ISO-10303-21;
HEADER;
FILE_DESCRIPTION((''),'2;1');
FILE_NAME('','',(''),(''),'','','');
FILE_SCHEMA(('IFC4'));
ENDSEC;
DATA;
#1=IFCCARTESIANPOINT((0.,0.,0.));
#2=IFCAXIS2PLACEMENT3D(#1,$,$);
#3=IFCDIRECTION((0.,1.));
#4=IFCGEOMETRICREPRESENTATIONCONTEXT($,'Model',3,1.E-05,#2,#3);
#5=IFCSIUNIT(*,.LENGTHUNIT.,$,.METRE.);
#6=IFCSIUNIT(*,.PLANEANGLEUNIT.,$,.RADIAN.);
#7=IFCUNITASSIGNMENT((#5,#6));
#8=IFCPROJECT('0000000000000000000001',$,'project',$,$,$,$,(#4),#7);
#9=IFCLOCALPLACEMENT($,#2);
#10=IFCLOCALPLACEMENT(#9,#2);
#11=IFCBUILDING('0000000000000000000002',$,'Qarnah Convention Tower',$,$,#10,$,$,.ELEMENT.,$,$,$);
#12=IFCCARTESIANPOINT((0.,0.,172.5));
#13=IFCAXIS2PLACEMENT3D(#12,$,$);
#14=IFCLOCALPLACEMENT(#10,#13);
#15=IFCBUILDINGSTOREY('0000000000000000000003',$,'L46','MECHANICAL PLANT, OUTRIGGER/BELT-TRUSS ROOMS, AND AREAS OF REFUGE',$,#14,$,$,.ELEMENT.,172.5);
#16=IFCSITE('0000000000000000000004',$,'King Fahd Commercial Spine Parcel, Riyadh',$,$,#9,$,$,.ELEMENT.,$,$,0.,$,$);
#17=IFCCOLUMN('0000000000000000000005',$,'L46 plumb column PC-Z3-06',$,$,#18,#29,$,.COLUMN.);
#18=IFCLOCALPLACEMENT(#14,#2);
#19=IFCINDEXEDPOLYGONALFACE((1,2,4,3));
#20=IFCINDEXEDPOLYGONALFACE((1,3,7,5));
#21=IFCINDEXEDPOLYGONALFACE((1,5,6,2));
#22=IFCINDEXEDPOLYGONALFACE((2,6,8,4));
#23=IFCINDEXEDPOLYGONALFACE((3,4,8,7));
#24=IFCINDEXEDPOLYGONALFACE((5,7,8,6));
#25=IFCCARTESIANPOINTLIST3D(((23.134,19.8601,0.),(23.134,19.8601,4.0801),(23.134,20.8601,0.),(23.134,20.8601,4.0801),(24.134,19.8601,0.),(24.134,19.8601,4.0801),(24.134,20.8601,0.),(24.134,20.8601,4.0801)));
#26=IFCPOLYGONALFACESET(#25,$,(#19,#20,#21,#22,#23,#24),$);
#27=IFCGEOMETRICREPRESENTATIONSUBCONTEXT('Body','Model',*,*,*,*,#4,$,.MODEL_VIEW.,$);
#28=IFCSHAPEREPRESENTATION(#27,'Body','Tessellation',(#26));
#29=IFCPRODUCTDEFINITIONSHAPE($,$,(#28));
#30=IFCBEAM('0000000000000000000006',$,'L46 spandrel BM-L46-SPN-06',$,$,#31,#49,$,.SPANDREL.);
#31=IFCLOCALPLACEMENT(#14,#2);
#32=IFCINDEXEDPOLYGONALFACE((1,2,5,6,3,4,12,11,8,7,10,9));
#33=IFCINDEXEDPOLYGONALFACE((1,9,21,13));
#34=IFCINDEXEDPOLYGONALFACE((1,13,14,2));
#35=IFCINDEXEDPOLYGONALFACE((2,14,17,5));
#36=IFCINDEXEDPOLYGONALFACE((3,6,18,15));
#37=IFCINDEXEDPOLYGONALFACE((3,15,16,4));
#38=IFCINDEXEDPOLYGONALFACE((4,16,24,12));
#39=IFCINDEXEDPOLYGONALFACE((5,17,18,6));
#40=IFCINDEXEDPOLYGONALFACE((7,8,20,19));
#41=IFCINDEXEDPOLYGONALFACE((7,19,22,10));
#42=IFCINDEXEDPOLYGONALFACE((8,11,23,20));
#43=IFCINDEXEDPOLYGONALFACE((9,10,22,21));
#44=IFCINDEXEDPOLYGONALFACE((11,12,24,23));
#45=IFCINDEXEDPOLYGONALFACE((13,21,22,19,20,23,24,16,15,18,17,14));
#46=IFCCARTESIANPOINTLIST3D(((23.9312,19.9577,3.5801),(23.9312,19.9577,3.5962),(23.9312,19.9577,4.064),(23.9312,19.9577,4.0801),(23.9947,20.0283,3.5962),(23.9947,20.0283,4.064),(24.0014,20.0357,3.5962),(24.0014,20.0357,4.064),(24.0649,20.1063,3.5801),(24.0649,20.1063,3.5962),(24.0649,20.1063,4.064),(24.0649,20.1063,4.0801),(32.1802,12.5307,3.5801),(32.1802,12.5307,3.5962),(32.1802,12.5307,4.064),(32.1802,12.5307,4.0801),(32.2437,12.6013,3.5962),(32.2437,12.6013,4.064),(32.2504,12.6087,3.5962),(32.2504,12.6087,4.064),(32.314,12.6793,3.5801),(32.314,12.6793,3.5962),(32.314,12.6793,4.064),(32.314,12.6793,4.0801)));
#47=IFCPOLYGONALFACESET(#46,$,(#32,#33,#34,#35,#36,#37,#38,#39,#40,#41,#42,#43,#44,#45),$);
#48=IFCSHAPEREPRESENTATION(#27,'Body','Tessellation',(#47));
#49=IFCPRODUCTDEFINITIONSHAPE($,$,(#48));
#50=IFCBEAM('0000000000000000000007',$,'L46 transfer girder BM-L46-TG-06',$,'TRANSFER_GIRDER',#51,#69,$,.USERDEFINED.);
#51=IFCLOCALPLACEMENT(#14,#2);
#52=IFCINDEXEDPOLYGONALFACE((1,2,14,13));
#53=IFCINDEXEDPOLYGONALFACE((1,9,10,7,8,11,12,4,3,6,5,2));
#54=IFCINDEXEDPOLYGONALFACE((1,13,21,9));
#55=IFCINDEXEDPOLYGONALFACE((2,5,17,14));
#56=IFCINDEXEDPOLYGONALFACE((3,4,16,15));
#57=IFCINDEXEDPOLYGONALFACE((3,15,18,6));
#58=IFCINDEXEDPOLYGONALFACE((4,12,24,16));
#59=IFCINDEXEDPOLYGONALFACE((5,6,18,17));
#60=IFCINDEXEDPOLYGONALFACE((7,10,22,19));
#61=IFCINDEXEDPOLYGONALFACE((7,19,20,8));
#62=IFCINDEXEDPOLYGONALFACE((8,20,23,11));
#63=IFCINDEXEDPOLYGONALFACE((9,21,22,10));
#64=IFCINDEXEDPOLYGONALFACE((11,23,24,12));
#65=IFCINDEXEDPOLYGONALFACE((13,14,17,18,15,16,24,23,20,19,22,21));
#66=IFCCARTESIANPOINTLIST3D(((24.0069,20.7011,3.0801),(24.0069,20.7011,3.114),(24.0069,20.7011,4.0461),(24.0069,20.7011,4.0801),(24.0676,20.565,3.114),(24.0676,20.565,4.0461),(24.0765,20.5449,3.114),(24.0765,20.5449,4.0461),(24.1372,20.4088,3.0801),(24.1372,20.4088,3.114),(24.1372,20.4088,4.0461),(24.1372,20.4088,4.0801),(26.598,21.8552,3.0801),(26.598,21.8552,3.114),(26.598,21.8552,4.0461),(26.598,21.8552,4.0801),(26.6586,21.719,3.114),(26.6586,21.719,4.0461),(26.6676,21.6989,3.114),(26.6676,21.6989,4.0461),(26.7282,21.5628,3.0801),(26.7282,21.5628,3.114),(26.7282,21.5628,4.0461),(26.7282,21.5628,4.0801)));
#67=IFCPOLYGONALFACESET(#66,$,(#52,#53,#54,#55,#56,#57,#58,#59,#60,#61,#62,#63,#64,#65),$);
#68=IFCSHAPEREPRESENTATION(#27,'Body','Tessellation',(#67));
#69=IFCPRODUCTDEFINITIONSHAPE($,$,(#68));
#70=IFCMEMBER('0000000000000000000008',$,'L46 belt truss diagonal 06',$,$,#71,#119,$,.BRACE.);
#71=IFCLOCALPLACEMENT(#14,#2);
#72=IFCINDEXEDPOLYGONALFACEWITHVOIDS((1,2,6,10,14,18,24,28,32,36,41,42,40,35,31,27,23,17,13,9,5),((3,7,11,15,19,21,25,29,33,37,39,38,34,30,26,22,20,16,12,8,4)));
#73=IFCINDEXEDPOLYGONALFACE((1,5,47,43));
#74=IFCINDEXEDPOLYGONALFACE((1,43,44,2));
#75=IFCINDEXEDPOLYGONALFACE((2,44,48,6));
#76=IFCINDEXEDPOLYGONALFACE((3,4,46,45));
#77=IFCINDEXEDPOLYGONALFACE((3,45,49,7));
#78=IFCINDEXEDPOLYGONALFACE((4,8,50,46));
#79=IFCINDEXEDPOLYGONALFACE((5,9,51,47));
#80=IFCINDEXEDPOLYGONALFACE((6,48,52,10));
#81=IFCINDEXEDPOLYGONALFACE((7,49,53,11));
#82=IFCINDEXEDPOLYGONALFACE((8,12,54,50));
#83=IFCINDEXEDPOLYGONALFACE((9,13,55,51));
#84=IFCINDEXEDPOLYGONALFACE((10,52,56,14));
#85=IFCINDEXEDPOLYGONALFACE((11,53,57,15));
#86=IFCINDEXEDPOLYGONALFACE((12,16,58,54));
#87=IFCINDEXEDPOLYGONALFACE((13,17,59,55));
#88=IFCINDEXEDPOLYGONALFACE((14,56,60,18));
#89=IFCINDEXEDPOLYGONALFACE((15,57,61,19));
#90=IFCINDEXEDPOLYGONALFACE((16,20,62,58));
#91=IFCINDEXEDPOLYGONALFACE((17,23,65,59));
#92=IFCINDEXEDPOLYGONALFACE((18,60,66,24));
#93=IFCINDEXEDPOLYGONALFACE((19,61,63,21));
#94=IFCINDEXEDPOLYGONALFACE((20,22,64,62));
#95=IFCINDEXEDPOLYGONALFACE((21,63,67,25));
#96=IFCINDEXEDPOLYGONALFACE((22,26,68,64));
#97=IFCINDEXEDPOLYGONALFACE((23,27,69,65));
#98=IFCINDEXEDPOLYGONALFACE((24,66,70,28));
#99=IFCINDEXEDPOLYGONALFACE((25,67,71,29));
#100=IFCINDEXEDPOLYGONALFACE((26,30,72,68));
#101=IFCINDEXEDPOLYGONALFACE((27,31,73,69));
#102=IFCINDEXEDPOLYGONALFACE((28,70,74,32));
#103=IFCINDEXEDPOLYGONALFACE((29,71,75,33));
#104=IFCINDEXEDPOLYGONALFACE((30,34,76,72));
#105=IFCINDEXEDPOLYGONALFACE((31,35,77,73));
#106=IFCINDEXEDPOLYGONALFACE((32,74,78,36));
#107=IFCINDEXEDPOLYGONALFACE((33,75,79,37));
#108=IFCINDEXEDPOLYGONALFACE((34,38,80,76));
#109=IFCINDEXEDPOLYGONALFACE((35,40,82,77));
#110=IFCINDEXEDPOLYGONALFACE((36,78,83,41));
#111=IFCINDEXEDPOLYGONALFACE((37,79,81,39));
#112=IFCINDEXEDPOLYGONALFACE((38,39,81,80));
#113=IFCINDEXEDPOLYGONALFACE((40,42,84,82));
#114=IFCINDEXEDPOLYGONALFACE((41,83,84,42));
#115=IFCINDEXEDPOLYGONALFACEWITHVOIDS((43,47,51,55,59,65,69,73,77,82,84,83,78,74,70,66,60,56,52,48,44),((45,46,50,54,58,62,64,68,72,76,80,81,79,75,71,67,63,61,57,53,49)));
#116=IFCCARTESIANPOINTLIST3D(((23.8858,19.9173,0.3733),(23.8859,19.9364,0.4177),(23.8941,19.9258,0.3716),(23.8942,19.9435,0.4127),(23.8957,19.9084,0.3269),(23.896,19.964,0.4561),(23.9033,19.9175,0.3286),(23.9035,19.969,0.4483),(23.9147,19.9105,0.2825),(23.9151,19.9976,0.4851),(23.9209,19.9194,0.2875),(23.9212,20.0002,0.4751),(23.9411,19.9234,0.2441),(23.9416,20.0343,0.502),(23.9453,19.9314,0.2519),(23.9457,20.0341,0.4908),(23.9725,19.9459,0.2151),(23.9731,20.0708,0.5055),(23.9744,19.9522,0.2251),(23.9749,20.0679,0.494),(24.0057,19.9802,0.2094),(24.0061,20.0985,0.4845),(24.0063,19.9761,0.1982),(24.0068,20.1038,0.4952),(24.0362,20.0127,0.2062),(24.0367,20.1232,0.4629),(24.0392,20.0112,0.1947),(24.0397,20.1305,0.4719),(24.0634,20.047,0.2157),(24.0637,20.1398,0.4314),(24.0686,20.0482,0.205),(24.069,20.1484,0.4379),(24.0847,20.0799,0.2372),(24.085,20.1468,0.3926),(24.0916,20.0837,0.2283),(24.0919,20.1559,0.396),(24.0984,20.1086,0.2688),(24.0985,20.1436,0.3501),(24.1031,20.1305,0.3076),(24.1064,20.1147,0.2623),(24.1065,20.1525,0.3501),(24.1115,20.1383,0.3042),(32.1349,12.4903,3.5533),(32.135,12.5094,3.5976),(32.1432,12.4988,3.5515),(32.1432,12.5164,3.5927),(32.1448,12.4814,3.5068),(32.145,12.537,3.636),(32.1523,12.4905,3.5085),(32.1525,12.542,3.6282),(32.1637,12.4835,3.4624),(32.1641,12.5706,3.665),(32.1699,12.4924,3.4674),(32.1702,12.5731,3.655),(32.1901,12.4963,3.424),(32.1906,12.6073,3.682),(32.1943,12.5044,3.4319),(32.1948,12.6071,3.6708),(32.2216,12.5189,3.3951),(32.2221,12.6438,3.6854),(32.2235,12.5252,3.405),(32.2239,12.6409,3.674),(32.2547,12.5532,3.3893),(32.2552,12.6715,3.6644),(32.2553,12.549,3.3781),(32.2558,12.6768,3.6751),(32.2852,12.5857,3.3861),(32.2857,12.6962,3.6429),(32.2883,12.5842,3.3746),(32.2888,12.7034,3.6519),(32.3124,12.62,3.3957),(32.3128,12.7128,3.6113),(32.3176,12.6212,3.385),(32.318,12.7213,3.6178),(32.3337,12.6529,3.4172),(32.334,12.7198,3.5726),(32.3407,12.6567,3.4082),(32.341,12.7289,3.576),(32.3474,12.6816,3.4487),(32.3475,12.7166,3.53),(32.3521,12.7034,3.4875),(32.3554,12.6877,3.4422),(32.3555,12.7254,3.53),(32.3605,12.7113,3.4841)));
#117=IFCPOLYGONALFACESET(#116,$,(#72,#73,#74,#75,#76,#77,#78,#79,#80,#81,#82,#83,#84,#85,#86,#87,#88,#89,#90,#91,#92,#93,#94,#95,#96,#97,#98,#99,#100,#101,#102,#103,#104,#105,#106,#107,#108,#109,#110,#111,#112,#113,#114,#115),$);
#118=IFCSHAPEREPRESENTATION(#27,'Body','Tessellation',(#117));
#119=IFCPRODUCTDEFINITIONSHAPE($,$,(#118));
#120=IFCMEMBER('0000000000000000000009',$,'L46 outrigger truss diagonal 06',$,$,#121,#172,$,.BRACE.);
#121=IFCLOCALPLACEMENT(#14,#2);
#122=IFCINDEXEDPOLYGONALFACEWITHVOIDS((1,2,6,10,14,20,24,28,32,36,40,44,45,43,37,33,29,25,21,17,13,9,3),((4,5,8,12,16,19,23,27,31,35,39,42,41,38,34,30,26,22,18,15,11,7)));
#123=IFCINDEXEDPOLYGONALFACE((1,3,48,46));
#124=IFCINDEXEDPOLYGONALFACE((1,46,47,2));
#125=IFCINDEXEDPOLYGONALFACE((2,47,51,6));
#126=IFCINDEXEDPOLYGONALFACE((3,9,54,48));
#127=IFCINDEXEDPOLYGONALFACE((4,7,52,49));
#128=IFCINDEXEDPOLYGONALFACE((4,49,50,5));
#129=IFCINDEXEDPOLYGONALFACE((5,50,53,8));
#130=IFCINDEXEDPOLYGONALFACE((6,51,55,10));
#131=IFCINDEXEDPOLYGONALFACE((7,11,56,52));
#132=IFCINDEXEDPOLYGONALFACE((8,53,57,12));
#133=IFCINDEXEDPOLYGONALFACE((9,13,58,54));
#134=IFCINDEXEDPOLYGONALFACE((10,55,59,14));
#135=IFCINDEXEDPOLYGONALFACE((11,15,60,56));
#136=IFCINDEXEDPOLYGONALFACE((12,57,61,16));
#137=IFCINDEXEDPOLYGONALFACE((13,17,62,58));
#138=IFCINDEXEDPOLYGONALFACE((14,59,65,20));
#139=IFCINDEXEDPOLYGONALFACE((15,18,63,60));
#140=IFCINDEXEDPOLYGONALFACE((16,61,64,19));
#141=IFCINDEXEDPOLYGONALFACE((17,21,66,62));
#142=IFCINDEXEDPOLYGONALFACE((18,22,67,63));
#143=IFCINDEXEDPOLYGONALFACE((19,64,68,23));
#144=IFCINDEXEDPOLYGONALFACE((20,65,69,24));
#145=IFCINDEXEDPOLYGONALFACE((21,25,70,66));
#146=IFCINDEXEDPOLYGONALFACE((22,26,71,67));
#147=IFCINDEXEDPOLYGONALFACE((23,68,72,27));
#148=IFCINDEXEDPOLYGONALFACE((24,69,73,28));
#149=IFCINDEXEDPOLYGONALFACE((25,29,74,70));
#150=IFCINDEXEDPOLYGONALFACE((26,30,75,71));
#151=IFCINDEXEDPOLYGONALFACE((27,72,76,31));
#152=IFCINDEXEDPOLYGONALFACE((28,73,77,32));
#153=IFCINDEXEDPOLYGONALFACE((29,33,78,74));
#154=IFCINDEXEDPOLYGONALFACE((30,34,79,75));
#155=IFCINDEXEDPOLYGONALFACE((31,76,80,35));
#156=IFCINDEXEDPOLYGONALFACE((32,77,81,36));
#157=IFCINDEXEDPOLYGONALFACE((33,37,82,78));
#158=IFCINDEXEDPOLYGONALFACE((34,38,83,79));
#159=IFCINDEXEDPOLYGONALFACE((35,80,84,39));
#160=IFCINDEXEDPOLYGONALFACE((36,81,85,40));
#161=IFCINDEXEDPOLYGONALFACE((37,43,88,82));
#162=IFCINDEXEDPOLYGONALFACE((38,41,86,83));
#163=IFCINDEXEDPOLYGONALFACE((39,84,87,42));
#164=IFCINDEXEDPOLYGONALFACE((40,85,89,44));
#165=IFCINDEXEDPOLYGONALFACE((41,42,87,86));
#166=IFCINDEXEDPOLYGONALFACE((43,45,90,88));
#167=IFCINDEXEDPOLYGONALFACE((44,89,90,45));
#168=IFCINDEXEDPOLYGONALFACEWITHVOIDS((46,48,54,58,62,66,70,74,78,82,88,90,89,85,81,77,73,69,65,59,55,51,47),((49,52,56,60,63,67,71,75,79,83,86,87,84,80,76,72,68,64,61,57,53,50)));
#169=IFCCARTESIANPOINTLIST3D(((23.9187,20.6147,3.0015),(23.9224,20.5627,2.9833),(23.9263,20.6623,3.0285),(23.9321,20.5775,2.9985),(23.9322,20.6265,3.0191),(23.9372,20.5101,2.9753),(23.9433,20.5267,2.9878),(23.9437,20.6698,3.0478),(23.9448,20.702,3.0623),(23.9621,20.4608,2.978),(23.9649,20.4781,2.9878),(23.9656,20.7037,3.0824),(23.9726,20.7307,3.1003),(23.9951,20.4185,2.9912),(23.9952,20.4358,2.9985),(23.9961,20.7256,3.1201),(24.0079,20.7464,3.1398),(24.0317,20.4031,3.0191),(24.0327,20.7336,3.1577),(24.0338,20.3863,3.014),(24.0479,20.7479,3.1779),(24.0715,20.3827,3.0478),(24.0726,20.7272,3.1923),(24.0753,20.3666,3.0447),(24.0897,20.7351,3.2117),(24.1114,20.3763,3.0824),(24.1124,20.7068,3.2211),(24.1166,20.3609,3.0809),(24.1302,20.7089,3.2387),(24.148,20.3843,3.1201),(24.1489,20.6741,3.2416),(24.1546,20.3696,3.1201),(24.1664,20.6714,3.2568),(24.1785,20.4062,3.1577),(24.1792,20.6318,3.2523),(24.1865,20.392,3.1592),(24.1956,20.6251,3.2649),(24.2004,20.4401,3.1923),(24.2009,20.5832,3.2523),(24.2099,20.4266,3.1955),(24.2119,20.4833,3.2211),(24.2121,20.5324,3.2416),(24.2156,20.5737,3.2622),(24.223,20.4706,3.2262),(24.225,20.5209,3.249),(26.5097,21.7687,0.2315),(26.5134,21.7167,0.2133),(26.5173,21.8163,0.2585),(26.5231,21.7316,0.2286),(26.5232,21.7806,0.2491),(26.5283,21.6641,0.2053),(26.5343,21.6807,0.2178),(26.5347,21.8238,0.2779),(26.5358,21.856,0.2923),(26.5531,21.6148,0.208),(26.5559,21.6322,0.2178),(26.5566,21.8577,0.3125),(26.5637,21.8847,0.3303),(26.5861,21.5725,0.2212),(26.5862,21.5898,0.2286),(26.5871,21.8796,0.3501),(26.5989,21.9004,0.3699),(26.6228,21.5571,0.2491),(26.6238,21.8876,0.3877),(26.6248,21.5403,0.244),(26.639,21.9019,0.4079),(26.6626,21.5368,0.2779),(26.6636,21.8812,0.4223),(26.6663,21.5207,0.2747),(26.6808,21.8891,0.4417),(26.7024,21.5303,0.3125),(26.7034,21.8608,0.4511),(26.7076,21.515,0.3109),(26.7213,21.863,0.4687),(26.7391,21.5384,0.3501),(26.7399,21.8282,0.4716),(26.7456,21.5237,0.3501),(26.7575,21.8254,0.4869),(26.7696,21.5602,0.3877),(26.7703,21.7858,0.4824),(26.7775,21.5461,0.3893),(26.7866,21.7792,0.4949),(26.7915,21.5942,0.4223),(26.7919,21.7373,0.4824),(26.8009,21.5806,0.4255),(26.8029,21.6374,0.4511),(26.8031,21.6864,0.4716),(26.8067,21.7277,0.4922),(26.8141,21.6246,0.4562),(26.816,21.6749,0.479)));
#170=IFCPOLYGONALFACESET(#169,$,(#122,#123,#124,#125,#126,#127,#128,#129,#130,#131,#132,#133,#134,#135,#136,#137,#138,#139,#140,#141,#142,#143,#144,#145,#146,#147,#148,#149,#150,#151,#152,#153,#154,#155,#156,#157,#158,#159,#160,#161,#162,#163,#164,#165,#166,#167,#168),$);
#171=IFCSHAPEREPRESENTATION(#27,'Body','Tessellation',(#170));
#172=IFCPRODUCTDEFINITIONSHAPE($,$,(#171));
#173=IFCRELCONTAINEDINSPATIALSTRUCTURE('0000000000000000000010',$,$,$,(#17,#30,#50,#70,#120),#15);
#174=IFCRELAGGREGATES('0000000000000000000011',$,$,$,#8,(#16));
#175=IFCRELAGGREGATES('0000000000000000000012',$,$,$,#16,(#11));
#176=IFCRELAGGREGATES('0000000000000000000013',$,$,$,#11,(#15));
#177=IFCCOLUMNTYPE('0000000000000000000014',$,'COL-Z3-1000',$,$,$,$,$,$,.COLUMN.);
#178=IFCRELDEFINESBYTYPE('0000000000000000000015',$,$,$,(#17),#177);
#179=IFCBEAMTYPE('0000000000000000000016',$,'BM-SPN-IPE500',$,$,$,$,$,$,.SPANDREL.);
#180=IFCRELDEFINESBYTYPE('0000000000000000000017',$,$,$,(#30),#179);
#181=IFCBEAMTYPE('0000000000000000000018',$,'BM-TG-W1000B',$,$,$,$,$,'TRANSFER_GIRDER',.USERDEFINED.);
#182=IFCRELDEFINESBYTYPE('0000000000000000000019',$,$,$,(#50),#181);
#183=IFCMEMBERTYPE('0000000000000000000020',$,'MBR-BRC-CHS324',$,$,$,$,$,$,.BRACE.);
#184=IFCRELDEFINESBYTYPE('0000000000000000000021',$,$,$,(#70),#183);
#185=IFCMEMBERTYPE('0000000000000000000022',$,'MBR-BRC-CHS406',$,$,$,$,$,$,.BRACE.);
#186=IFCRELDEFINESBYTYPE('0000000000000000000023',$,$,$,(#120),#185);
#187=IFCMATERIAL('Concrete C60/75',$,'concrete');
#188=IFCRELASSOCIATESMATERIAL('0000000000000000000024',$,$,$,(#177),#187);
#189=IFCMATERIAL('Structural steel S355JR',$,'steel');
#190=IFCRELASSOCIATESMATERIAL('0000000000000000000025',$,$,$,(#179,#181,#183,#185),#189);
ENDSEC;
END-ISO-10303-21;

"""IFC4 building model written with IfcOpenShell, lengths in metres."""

from ifc_helpers import new_model, si_unit, direction, frame, origin, origin_2d, place, context, subcontext, project, spatial, rectangle, hollow_circle, i_section, extrude, material, material_profile, profile_set, type_object, element, save


model = new_model("IFC4")

# Units and contexts
model_context = context("Model", 3, precision=1e-05, world=origin(), true_north=direction((0.0, 1.0)))
body_context = subcontext(model_context, "Body", "Model", "MODEL_VIEW")
ifc_project = project(units=[si_unit("LENGTHUNIT", "METRE"), si_unit("PLANEANGLEUNIT", "RADIAN")], contexts=[model_context])

# Site, building, storey
site_placement = place(None, origin())
site = spatial("IfcSite", under=ifc_project, at=site_placement, Name="King Fahd Commercial Spine Parcel, Riyadh", CompositionType="ELEMENT", RefElevation=0.0)
building_placement = place(site_placement, origin())
building = spatial("IfcBuilding", under=site, at=building_placement, Name="Qarnah Convention Tower", CompositionType="ELEMENT")
storey_placement = place(building_placement, frame((0.0, 0.0, 172.5)))
storey = spatial("IfcBuildingStorey", under=building, at=storey_placement, Name="L46", Description="MECHANICAL PLANT, OUTRIGGER/BELT-TRUSS ROOMS, AND AREAS OF REFUGE", CompositionType="ELEMENT", Elevation=172.5)

# Column
ifc_material_1 = material(Name="Concrete C60/75", Category="concrete")
ifc_material_profile_1 = material_profile(ifc_material_1, rectangle(XDim=1.0, YDim=1.0, at=origin_2d()), Name="RC-COL-1000X1000")
ifc_profile_set_1 = profile_set([ifc_material_profile_1], Name="Concrete C60/75")
column_type = type_object("IfcColumnType", Name="COL-Z3-1000", PredefinedType="COLUMN", material=ifc_profile_set_1)
column_placement = place(storey_placement, frame((23.634, 20.3601, 0.0), z_axis=(0.0, 0.0, 1.0), x_axis=(1.0, 0.0, 0.0)))
element("IfcColumn", 1, at=column_placement, inside=storey, type_object=column_type, Name="L46 plumb column PC-Z3-06", PredefinedType="COLUMN", context=body_context, shape_type="SweptSolid", body=[
    extrude(rectangle(XDim=1.0, YDim=1.0, at=origin_2d()), origin(), (0.0, 0.0, 1.0), 4.0801),
])

# Beams
ifc_material_2 = material(Name="Structural steel S355JR", Category="steel")
ifc_material_profile_2 = material_profile(ifc_material_2, i_section(OverallWidth=0.2, OverallDepth=0.5, WebThickness=0.01, FlangeThickness=0.0161, at=origin_2d()), Name="IPE500")
ifc_profile_set_2 = profile_set([ifc_material_profile_2], Name="Structural steel S355JR")
beam_type_1 = type_object("IfcBeamType", Name="BM-SPN-IPE500", PredefinedType="SPANDREL", material=ifc_profile_set_2)
beam_1_placement = place(storey_placement, frame((23.998, 20.032, 3.8301), z_axis=(0.743165, -0.669108, 0.0), x_axis=(0.669108, 0.743165, 0.0)))
element("IfcBeam", 2, at=beam_1_placement, inside=storey, type_object=beam_type_1, Name="L46 spandrel BM-L46-SPN-06", PredefinedType="SPANDREL", context=body_context, shape_type="SweptSolid", body=[
    extrude(i_section(OverallWidth=0.2, OverallDepth=0.5, WebThickness=0.01, FlangeThickness=0.0161, at=origin_2d()), origin(), (0.0, 0.0, 1.0), 11.0999),
])
ifc_material_profile_3 = material_profile(ifc_material_2, i_section(OverallWidth=0.3201, OverallDepth=1.0, WebThickness=0.022, FlangeThickness=0.0339, at=origin_2d()), Name="W1000X371")
ifc_profile_set_3 = profile_set([ifc_material_profile_3], Name="Structural steel S355JR")
beam_type_2 = type_object("IfcBeamType", Name="BM-TG-W1000B", ElementType="TRANSFER_GIRDER", PredefinedType="USERDEFINED", material=ifc_profile_set_3)
beam_2_placement = place(storey_placement, frame((26.6631, 21.709, 3.5801), z_axis=(-0.913488, -0.406865, 0.0), x_axis=(0.406865, -0.913488, 0.0)))
element("IfcBeam", 3, at=beam_2_placement, inside=storey, type_object=beam_type_2, Name="L46 transfer girder BM-L46-TG-06", ObjectType="TRANSFER_GIRDER", PredefinedType="USERDEFINED", context=body_context, shape_type="SweptSolid", body=[
    extrude(i_section(OverallWidth=0.3201, OverallDepth=1.0, WebThickness=0.022, FlangeThickness=0.0339, at=origin_2d()), origin(), (0.0, 0.0, 1.0), 2.8364),
])

# Members
ifc_material_profile_4 = material_profile(ifc_material_2, hollow_circle(Radius=0.1621, WallThickness=0.012, at=origin_2d()), Name="CHS324X12")
ifc_profile_set_4 = profile_set([ifc_material_profile_4], Name="Structural steel S355JR")
member_type_1 = type_object("IfcMemberType", Name="MBR-BRC-CHS324", PredefinedType="BRACE", material=ifc_profile_set_4)
member_1_placement = place(storey_placement, frame((23.998, 20.032, 0.3501), z_axis=(0.714426, -0.643233, 0.275405), x_axis=(0.669108, 0.743165, 0.0)))
element("IfcMember", 4, at=member_1_placement, inside=storey, type_object=member_type_1, Name="L46 belt truss diagonal 06", PredefinedType="BRACE", context=body_context, shape_type="SweptSolid", body=[
    extrude(hollow_circle(Radius=0.1621, WallThickness=0.012, at=origin_2d()), origin(), (0.0, 0.0, 1.0), 11.5464),
])
ifc_material_profile_5 = material_profile(ifc_material_2, hollow_circle(Radius=0.2029, WallThickness=0.0161, at=origin_2d()), Name="CHS406X16")
ifc_profile_set_5 = profile_set([ifc_material_profile_5], Name="Structural steel S355JR")
member_type_2 = type_object("IfcMemberType", Name="MBR-BRC-CHS406", PredefinedType="BRACE", material=ifc_profile_set_5)
member_2_placement = place(storey_placement, frame((26.6631, 21.709, 0.3501), z_axis=(-0.653542, -0.291086, 0.698679), x_axis=(0.406865, -0.913488, 0.0)))
element("IfcMember", 5, at=member_2_placement, inside=storey, type_object=member_type_2, Name="L46 outrigger truss diagonal 06", PredefinedType="BRACE", context=body_context, shape_type="SweptSolid", body=[
    extrude(hollow_circle(Radius=0.2029, WallThickness=0.0161, at=origin_2d()), origin(), (0.0, 0.0, 1.0), 3.9646),
])

save(model, "model.ifc")
